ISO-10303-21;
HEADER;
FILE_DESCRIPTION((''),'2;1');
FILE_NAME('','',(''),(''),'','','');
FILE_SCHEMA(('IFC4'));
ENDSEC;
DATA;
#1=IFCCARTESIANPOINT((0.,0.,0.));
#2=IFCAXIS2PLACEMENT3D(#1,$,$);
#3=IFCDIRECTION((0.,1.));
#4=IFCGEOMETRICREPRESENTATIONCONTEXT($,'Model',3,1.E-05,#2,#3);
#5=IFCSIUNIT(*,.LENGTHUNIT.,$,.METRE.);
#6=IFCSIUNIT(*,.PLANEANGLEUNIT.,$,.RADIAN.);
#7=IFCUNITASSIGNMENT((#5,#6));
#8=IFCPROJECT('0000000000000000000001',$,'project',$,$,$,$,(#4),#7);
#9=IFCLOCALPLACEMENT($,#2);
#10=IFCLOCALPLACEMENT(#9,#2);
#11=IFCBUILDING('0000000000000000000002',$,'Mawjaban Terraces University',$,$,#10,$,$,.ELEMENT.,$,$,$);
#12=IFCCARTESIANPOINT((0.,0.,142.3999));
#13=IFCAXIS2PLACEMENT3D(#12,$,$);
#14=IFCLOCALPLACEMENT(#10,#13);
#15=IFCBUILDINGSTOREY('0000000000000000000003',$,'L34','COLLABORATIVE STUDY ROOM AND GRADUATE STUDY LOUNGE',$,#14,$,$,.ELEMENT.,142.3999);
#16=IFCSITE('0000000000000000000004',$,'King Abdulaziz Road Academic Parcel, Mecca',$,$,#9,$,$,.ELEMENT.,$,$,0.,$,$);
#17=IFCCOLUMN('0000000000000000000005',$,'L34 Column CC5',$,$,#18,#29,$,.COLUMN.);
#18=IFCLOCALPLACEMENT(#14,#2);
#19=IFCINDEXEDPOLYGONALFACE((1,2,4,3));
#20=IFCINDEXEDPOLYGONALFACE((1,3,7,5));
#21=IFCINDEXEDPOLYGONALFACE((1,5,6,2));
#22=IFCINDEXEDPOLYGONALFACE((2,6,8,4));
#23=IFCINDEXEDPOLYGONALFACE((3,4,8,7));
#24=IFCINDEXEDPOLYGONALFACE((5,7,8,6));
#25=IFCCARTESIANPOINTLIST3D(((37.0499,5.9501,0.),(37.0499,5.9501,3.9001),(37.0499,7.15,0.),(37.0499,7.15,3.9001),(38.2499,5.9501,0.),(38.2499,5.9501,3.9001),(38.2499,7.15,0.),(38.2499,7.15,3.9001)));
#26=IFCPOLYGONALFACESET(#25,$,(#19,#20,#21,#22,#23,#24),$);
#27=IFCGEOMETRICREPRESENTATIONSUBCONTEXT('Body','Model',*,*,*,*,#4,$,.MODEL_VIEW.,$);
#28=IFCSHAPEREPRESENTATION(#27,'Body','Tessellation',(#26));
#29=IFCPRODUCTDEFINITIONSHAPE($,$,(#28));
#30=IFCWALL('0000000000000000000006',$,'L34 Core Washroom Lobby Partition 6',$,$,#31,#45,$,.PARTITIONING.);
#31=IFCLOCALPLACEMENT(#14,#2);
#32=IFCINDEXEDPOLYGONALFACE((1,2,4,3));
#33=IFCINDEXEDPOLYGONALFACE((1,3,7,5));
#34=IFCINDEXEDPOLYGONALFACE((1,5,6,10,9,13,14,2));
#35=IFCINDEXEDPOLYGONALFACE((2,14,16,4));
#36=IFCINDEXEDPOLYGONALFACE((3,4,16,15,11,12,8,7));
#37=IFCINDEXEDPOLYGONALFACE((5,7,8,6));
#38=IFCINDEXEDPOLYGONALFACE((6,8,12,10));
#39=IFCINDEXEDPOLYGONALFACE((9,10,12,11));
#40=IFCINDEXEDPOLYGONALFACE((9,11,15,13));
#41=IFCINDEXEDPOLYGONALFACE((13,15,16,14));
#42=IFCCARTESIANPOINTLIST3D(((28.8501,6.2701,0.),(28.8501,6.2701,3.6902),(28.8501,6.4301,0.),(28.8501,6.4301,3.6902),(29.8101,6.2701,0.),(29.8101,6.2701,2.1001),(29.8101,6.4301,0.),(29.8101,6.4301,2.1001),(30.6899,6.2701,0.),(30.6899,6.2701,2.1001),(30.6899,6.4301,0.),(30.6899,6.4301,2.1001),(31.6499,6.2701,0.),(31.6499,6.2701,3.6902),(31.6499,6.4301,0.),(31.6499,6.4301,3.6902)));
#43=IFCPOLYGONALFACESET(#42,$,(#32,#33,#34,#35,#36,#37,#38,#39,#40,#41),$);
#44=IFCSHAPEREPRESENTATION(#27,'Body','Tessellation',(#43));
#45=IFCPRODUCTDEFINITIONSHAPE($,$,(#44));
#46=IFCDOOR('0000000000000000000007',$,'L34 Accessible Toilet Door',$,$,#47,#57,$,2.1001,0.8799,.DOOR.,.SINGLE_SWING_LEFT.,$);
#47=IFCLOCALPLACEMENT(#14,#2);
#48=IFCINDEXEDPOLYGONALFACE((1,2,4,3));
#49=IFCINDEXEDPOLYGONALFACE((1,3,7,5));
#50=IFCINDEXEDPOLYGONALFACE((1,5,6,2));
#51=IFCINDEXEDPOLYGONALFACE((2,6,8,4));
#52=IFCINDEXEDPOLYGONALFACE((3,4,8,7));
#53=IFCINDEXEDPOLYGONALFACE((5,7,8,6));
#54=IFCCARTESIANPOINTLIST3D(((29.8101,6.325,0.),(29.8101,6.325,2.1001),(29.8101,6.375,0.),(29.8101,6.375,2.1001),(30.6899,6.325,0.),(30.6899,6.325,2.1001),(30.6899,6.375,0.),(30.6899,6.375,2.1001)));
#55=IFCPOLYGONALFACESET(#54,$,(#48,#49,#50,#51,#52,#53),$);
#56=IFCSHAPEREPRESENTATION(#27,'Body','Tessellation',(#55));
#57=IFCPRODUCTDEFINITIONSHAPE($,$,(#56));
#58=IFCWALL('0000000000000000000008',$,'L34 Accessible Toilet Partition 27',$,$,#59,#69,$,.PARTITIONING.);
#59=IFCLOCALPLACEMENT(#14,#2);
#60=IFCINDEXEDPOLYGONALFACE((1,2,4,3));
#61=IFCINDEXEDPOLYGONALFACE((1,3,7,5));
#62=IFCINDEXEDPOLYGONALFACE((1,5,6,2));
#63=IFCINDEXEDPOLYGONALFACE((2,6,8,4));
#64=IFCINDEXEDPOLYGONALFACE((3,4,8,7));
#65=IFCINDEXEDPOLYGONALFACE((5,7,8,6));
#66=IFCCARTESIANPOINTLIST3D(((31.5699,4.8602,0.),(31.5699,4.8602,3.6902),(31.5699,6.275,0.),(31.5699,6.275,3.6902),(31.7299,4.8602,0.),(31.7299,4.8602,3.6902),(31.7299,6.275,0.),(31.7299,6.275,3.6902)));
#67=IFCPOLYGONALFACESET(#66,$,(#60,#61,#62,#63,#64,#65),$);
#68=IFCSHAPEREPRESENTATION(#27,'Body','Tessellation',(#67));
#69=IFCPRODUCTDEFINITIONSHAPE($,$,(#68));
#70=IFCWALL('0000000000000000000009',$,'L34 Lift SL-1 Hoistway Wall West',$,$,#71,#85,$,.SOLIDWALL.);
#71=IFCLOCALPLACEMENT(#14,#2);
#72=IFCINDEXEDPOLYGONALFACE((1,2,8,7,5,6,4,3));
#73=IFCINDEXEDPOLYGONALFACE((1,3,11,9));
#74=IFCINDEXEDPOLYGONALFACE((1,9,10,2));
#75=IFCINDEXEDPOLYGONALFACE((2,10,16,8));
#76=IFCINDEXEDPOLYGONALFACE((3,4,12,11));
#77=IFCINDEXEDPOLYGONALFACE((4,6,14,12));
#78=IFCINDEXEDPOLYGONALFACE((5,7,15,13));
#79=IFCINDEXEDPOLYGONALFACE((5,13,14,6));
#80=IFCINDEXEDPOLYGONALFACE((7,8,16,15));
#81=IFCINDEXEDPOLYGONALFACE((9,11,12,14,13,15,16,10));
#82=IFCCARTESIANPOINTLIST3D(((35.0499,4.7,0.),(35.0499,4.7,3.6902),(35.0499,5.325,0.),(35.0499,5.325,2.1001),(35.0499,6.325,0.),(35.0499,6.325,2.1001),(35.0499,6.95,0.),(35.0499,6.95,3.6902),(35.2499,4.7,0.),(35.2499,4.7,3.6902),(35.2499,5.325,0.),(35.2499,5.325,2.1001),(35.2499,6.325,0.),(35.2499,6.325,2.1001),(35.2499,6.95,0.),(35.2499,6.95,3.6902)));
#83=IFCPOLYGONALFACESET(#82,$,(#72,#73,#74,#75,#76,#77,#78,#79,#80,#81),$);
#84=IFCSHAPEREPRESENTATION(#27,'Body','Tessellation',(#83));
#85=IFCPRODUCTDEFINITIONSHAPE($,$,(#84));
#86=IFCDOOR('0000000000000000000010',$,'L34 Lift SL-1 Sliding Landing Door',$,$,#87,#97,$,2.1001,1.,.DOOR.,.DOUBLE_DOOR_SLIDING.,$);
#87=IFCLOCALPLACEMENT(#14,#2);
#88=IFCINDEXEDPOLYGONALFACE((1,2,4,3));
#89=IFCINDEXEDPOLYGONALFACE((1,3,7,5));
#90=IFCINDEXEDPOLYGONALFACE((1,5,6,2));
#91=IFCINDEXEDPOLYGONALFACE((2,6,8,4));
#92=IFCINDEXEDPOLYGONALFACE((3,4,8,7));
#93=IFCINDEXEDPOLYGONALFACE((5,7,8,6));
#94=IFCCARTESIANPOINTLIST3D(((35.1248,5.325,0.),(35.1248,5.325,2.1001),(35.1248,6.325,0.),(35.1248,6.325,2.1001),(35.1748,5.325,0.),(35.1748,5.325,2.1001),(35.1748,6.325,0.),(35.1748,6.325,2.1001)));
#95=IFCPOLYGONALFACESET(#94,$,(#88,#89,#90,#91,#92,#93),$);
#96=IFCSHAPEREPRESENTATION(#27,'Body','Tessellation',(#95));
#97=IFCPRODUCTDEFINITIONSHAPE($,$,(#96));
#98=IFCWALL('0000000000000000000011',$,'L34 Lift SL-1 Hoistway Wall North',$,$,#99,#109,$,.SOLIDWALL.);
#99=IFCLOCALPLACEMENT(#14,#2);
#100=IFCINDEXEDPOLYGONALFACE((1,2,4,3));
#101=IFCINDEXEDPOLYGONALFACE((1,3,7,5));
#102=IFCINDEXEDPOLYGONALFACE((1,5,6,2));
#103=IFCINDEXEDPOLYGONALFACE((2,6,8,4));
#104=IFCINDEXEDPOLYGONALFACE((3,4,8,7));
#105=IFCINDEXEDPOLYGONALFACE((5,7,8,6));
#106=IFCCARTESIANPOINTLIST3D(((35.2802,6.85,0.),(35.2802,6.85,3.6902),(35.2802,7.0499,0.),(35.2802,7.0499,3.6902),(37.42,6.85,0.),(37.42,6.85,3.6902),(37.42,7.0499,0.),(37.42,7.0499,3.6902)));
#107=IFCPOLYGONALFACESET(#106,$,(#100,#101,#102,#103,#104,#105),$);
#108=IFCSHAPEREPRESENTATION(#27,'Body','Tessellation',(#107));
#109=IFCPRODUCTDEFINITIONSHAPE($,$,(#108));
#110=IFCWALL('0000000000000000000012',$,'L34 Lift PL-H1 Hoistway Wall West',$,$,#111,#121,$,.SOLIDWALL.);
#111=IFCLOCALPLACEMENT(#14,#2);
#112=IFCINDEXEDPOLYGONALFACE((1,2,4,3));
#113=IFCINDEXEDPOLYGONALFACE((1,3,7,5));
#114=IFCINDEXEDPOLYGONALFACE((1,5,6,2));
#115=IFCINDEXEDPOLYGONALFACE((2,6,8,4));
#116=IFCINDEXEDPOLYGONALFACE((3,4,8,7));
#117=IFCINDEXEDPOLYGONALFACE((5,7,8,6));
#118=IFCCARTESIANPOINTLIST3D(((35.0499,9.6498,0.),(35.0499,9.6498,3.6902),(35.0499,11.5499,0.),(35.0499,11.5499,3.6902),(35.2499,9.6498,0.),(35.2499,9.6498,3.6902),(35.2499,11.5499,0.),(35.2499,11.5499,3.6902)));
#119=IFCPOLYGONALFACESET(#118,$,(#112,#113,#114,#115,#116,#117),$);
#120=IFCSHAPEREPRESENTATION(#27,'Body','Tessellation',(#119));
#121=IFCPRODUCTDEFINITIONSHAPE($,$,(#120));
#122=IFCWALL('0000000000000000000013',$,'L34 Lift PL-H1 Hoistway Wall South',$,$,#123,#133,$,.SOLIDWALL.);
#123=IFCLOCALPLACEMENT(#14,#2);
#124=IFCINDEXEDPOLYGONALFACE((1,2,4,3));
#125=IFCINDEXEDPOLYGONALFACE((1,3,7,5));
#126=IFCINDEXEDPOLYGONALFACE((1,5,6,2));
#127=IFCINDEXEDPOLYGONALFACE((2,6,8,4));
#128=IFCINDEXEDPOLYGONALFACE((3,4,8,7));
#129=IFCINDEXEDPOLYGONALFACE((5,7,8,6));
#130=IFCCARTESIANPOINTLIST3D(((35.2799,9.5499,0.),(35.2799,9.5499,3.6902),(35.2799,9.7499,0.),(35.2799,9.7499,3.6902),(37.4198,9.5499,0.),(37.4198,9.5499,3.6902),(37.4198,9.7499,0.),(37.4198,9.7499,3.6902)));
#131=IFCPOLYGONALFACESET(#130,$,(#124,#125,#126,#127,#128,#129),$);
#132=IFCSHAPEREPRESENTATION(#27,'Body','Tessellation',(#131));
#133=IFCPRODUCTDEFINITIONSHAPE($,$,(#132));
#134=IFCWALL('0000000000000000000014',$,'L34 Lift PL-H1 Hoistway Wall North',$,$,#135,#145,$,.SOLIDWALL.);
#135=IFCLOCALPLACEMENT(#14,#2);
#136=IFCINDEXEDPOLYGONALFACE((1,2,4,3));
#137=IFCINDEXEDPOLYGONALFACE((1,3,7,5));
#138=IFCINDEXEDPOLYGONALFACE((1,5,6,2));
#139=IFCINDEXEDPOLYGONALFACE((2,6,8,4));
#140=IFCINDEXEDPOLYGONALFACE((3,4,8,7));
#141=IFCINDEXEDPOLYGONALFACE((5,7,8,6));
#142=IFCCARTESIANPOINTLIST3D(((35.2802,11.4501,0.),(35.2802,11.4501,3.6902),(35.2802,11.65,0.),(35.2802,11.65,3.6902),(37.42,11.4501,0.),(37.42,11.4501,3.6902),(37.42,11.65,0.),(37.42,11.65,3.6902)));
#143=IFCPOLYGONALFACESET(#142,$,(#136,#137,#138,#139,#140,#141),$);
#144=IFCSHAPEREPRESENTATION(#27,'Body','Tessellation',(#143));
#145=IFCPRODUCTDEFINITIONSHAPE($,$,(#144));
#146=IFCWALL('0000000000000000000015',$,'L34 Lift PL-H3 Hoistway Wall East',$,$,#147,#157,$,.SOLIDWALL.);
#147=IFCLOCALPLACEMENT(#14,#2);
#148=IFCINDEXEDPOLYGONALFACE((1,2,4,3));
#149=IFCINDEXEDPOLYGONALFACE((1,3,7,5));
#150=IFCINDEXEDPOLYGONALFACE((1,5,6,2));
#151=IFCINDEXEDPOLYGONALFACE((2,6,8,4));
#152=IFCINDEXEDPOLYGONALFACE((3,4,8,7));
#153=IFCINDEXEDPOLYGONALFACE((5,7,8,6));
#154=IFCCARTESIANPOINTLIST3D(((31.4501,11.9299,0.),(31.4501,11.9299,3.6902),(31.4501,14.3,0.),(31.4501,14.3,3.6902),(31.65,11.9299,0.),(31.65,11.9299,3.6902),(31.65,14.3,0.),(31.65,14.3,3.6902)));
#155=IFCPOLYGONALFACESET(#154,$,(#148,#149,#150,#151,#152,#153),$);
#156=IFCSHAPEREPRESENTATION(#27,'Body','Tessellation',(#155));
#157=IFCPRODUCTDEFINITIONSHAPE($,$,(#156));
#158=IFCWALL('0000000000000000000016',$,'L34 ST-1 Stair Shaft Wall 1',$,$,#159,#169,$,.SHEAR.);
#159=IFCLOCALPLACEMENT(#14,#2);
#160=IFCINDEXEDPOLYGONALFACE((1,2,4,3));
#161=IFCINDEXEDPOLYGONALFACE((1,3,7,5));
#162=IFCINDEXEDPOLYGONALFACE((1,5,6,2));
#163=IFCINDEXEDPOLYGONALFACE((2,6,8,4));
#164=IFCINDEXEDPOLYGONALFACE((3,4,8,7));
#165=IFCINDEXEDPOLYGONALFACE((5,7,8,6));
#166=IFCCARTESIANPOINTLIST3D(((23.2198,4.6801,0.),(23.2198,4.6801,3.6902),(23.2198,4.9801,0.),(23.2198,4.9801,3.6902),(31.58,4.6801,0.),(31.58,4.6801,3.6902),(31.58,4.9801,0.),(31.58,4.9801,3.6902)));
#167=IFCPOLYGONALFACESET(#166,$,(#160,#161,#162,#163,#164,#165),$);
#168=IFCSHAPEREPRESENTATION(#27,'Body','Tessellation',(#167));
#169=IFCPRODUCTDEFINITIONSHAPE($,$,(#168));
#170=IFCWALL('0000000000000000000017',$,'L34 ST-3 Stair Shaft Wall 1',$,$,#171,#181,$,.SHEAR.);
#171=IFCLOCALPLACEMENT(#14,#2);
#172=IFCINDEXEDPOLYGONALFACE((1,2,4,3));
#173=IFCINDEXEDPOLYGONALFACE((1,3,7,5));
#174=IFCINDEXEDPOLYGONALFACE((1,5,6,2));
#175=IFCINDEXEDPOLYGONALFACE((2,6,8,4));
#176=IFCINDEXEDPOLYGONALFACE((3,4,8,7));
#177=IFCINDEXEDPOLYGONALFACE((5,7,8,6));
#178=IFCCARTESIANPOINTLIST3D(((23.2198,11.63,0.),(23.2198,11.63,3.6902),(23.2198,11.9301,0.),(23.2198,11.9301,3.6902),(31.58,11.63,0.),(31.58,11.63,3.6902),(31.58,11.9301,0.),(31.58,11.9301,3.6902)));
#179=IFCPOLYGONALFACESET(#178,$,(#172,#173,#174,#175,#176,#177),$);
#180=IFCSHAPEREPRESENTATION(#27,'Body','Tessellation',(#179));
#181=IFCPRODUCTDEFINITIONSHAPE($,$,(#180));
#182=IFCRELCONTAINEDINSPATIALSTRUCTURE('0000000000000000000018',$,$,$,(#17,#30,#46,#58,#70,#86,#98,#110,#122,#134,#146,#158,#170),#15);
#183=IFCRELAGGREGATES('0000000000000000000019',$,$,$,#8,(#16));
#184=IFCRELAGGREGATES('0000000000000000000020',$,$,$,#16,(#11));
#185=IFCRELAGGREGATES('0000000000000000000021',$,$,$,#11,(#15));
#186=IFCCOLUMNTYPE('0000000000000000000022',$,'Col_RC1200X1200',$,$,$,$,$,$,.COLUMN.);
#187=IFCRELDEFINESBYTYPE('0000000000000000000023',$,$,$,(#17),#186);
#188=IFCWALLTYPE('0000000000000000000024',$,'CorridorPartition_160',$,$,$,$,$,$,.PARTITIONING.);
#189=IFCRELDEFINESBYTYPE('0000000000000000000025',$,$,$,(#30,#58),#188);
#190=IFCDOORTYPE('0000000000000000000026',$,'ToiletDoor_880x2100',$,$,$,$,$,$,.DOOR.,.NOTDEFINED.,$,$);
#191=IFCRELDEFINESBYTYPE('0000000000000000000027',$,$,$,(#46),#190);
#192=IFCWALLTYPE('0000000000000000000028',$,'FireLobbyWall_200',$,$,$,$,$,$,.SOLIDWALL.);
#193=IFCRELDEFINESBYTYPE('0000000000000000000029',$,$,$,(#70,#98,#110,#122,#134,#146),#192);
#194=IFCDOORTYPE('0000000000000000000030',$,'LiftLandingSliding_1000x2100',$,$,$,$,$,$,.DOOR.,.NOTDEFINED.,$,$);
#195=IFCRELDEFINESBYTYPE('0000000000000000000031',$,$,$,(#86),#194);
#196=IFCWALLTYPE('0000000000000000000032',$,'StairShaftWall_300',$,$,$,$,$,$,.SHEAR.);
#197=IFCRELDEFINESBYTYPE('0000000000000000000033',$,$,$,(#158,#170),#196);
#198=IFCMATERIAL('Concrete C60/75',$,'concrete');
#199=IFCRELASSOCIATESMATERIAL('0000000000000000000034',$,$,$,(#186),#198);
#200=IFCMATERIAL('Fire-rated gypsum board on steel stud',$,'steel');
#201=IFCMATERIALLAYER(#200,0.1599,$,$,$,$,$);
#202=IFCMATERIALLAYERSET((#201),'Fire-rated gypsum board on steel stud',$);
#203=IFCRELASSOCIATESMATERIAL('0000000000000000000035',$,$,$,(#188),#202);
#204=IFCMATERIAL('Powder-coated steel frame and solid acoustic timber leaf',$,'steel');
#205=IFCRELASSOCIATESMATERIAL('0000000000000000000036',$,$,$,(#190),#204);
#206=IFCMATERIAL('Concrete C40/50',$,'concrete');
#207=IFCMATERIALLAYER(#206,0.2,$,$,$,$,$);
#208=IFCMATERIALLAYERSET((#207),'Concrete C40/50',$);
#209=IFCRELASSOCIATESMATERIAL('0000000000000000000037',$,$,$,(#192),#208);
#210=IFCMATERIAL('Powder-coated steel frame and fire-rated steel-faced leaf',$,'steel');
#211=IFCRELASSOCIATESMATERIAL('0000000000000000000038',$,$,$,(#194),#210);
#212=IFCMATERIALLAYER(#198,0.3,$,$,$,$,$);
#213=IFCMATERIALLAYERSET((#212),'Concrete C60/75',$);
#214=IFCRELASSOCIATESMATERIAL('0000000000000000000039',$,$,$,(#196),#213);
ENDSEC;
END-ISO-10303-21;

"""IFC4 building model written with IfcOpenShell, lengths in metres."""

from ifc_helpers import new_model, si_unit, direction, frame, frame_2d, origin, origin_2d, place, context, subcontext, project, spatial, rectangle, extrude, material, layer, layer_set, material_profile, profile_set, type_object, element, fill, save


model = new_model("IFC4")

# Units and contexts
model_context = context("Model", 3, precision=1e-05, world=origin(), true_north=direction((0.0, 1.0)))
body_context = subcontext(model_context, "Body", "Model", "MODEL_VIEW")
ifc_project = project(units=[si_unit("LENGTHUNIT", "METRE"), si_unit("PLANEANGLEUNIT", "RADIAN")], contexts=[model_context])

# Site, building, storey
site_placement = place(None, origin())
site = spatial("IfcSite", under=ifc_project, at=site_placement, Name="King Abdulaziz Road Academic Parcel, Mecca", CompositionType="ELEMENT", RefElevation=0.0)
building_placement = place(site_placement, origin())
building = spatial("IfcBuilding", under=site, at=building_placement, Name="Mawjaban Terraces University", CompositionType="ELEMENT")
storey_placement = place(building_placement, frame((0.0, 0.0, 142.3999)))
storey = spatial("IfcBuildingStorey", under=building, at=storey_placement, Name="L34", Description="COLLABORATIVE STUDY ROOM AND GRADUATE STUDY LOUNGE", CompositionType="ELEMENT", Elevation=142.3999)

# Column
ifc_material_1 = material(Name="Concrete C60/75", Category="concrete")
ifc_material_profile = material_profile(ifc_material_1, rectangle(XDim=1.2, YDim=1.2, at=origin_2d()), Name="RC1200X1200")
ifc_profile_set = profile_set([ifc_material_profile], Name="Concrete C60/75")
column_type = type_object("IfcColumnType", Name="Col_RC1200X1200", PredefinedType="COLUMN", material=ifc_profile_set)
column_placement = place(storey_placement, frame((37.6499, 6.55, 0.0), z_axis=(0.0, 0.0, 1.0), x_axis=(1.0, 0.0, 0.0)))
element("IfcColumn", 1, at=column_placement, inside=storey, type_object=column_type, Name="L34 Column CC5", PredefinedType="COLUMN", context=body_context, shape_type="SweptSolid", body=[
    extrude(rectangle(XDim=1.2, YDim=1.2, at=origin_2d()), origin(), (0.0, 0.0, 1.0), 3.9001),
])

# Wall, opening, door
ifc_material_2 = material(Name="Fire-rated gypsum board on steel stud", Category="steel")
ifc_layer_1 = layer(ifc_material_2, 0.1599)
ifc_layer_set_1 = layer_set([ifc_layer_1], Name="Fire-rated gypsum board on steel stud")
wall_type_1 = type_object("IfcWallType", Name="CorridorPartition_160", PredefinedType="PARTITIONING", material=ifc_layer_set_1)
wall_1_placement = place(storey_placement, frame((28.8501, 6.3501, 0.0), z_axis=(0.0, 0.0, 1.0), x_axis=(1.0, 0.0, 0.0)))
wall_1 = element("IfcWall", 2, at=wall_1_placement, inside=storey, type_object=wall_type_1, Name="L34 Core Washroom Lobby Partition 6", PredefinedType="PARTITIONING", context=body_context, shape_type="SweptSolid", body=[
    extrude(rectangle(XDim=2.7998, YDim=0.1599, at=frame_2d((1.3999, 0.0))), origin(), (0.0, 0.0, 1.0), 3.6902),
])
opening_1_placement = place(wall_1_placement, frame((0.96, 0.0, 0.0)))
opening_1 = element("IfcOpeningElement", 3, at=opening_1_placement, cuts=wall_1, PredefinedType="OPENING", context=body_context, shape_type="SweptSolid", body=[
    extrude(rectangle(XDim=0.8799, YDim=2.1001, at=frame_2d((0.4399, 1.05))), frame((0.0, 0.0898, 0.0), z_axis=(0.0, -1.0, 0.0), x_axis=(1.0, 0.0, 0.0)), (0.0, 0.0, 1.0), 0.1799),
])
ifc_material_3 = material(Name="Powder-coated steel frame and solid acoustic timber leaf", Category="steel")
door_type_1 = type_object("IfcDoorType", Name="ToiletDoor_880x2100", OperationType="NOTDEFINED", PredefinedType="DOOR", material=ifc_material_3)
door_1_placement = place(opening_1_placement, origin())
door_1 = element("IfcDoor", 4, at=door_1_placement, inside=storey, type_object=door_type_1, Name="L34 Accessible Toilet Door", OperationType="SINGLE_SWING_LEFT", OverallHeight=2.1001, OverallWidth=0.8799, PredefinedType="DOOR", context=body_context, shape_type="SweptSolid", body=[
    extrude(rectangle(XDim=0.8799, YDim=2.1001, at=frame_2d((0.4399, 1.05))), frame((0.0, 0.0249, 0.0), z_axis=(0.0, -1.0, 0.0), x_axis=(1.0, 0.0, 0.0)), (0.0, 0.0, 1.0), 0.05),
])
fill(opening_1, door_1)

# Wall
wall_2_placement = place(storey_placement, frame((31.6499, 4.8601, 0.0), z_axis=(0.0, 0.0, 1.0), x_axis=(0.0, 1.0, 0.0)))
element("IfcWall", 5, at=wall_2_placement, inside=storey, type_object=wall_type_1, Name="L34 Accessible Toilet Partition 27", PredefinedType="PARTITIONING", context=body_context, shape_type="SweptSolid", body=[
    extrude(rectangle(XDim=1.4148, YDim=0.1599, at=frame_2d((0.7075, 0.0))), origin(), (0.0, 0.0, 1.0), 3.6902),
])

# Wall, opening, door
ifc_material_4 = material(Name="Concrete C40/50", Category="concrete")
ifc_layer_2 = layer(ifc_material_4, 0.2)
ifc_layer_set_2 = layer_set([ifc_layer_2], Name="Concrete C40/50")
wall_type_2 = type_object("IfcWallType", Name="FireLobbyWall_200", PredefinedType="SOLIDWALL", material=ifc_layer_set_2)
wall_3_placement = place(storey_placement, frame((35.1499, 6.95, 0.0), z_axis=(0.0, 0.0, 1.0), x_axis=(0.0, -1.0, 0.0)))
wall_3 = element("IfcWall", 6, at=wall_3_placement, inside=storey, type_object=wall_type_2, Name="L34 Lift SL-1 Hoistway Wall West", PredefinedType="SOLIDWALL", context=body_context, shape_type="SweptSolid", body=[
    extrude(rectangle(XDim=2.25, YDim=0.2, at=frame_2d((1.125, 0.0))), origin(), (0.0, 0.0, 1.0), 3.6902),
])
opening_2_placement = place(wall_3_placement, frame((0.625, 0.0, 0.0)))
opening_2 = element("IfcOpeningElement", 7, at=opening_2_placement, cuts=wall_3, PredefinedType="OPENING", context=body_context, shape_type="SweptSolid", body=[
    extrude(rectangle(XDim=1.0, YDim=2.1001, at=frame_2d((0.5, 1.05))), frame((0.0, 0.1099, 0.0), z_axis=(0.0, -1.0, 0.0), x_axis=(1.0, 0.0, 0.0)), (0.0, 0.0, 1.0), 0.22),
])
ifc_material_5 = material(Name="Powder-coated steel frame and fire-rated steel-faced leaf", Category="steel")
door_type_2 = type_object("IfcDoorType", Name="LiftLandingSliding_1000x2100", OperationType="NOTDEFINED", PredefinedType="DOOR", material=ifc_material_5)
door_2_placement = place(opening_2_placement, origin())
door_2 = element("IfcDoor", 8, at=door_2_placement, inside=storey, type_object=door_type_2, Name="L34 Lift SL-1 Sliding Landing Door", OperationType="DOUBLE_DOOR_SLIDING", OverallHeight=2.1001, OverallWidth=1.0, PredefinedType="DOOR", context=body_context, shape_type="SweptSolid", body=[
    extrude(rectangle(XDim=1.0, YDim=2.1001, at=frame_2d((0.5, 1.05))), frame((0.0, 0.0249, 0.0), z_axis=(0.0, -1.0, 0.0), x_axis=(1.0, 0.0, 0.0)), (0.0, 0.0, 1.0), 0.05),
])
fill(opening_2, door_2)

# Walls
wall_4_placement = place(storey_placement, frame((37.4199, 6.95, 0.0), z_axis=(0.0, 0.0, 1.0), x_axis=(-1.0, 0.0, 0.0)))
element("IfcWall", 9, at=wall_4_placement, inside=storey, type_object=wall_type_2, Name="L34 Lift SL-1 Hoistway Wall North", PredefinedType="SOLIDWALL", context=body_context, shape_type="SweptSolid", body=[
    extrude(rectangle(XDim=2.1399, YDim=0.2, at=frame_2d((1.0698, 0.0))), origin(), (0.0, 0.0, 1.0), 3.6902),
])
wall_5_placement = place(storey_placement, frame((35.1499, 11.55, 0.0), z_axis=(0.0, 0.0, 1.0), x_axis=(0.0, -1.0, 0.0)))
element("IfcWall", 10, at=wall_5_placement, inside=storey, type_object=wall_type_2, Name="L34 Lift PL-H1 Hoistway Wall West", PredefinedType="SOLIDWALL", context=body_context, shape_type="SweptSolid", body=[
    extrude(rectangle(XDim=1.9001, YDim=0.2, at=frame_2d((0.9502, 0.0))), origin(), (0.0, 0.0, 1.0), 3.6902),
])
for number, where, z_axis, x_axis, name in (
    (11, (35.28, 9.6499, 0.0), (0.0, 0.0, 1.0), (1.0, 0.0, 0.0), "L34 Lift PL-H1 Hoistway Wall South"),
    (12, (37.4199, 11.55, 0.0), (0.0, 0.0, 1.0), (-1.0, 0.0, 0.0), "L34 Lift PL-H1 Hoistway Wall North"),
):
    element("IfcWall", number, at=place(storey_placement, frame(where, z_axis=z_axis, x_axis=x_axis)), inside=storey, type_object=wall_type_2, Name=name, PredefinedType="SOLIDWALL", context=body_context, shape_type="SweptSolid", body=[
        extrude(rectangle(XDim=2.1399, YDim=0.2, at=frame_2d((1.0698, 0.0))), origin(), (0.0, 0.0, 1.0), 3.6902),
    ])
wall_6_placement = place(storey_placement, frame((31.55, 11.9299, 0.0), z_axis=(0.0, 0.0, 1.0), x_axis=(0.0, 1.0, 0.0)))
element("IfcWall", 13, at=wall_6_placement, inside=storey, type_object=wall_type_2, Name="L34 Lift PL-H3 Hoistway Wall East", PredefinedType="SOLIDWALL", context=body_context, shape_type="SweptSolid", body=[
    extrude(rectangle(XDim=2.3701, YDim=0.2, at=frame_2d((1.1851, 0.0))), origin(), (0.0, 0.0, 1.0), 3.6902),
])
ifc_layer_3 = layer(ifc_material_1, 0.3)
ifc_layer_set_3 = layer_set([ifc_layer_3], Name="Concrete C60/75")
wall_type_3 = type_object("IfcWallType", Name="StairShaftWall_300", PredefinedType="SHEAR", material=ifc_layer_set_3)
for number, where, z_axis, x_axis, name in (
    (14, (31.5801, 4.8301, 0.0), (0.0, 0.0, 1.0), (-1.0, 0.0, 0.0), "L34 ST-1 Stair Shaft Wall 1"),
    (15, (31.5801, 11.78, 0.0), (0.0, 0.0, 1.0), (-1.0, 0.0, 0.0), "L34 ST-3 Stair Shaft Wall 1"),
):
    element("IfcWall", number, at=place(storey_placement, frame(where, z_axis=z_axis, x_axis=x_axis)), inside=storey, type_object=wall_type_3, Name=name, PredefinedType="SHEAR", context=body_context, shape_type="SweptSolid", body=[
        extrude(rectangle(XDim=8.3601, YDim=0.3, at=frame_2d((4.1802, 0.0))), origin(), (0.0, 0.0, 1.0), 3.6902),
    ])

save(model, "model.ifc")
